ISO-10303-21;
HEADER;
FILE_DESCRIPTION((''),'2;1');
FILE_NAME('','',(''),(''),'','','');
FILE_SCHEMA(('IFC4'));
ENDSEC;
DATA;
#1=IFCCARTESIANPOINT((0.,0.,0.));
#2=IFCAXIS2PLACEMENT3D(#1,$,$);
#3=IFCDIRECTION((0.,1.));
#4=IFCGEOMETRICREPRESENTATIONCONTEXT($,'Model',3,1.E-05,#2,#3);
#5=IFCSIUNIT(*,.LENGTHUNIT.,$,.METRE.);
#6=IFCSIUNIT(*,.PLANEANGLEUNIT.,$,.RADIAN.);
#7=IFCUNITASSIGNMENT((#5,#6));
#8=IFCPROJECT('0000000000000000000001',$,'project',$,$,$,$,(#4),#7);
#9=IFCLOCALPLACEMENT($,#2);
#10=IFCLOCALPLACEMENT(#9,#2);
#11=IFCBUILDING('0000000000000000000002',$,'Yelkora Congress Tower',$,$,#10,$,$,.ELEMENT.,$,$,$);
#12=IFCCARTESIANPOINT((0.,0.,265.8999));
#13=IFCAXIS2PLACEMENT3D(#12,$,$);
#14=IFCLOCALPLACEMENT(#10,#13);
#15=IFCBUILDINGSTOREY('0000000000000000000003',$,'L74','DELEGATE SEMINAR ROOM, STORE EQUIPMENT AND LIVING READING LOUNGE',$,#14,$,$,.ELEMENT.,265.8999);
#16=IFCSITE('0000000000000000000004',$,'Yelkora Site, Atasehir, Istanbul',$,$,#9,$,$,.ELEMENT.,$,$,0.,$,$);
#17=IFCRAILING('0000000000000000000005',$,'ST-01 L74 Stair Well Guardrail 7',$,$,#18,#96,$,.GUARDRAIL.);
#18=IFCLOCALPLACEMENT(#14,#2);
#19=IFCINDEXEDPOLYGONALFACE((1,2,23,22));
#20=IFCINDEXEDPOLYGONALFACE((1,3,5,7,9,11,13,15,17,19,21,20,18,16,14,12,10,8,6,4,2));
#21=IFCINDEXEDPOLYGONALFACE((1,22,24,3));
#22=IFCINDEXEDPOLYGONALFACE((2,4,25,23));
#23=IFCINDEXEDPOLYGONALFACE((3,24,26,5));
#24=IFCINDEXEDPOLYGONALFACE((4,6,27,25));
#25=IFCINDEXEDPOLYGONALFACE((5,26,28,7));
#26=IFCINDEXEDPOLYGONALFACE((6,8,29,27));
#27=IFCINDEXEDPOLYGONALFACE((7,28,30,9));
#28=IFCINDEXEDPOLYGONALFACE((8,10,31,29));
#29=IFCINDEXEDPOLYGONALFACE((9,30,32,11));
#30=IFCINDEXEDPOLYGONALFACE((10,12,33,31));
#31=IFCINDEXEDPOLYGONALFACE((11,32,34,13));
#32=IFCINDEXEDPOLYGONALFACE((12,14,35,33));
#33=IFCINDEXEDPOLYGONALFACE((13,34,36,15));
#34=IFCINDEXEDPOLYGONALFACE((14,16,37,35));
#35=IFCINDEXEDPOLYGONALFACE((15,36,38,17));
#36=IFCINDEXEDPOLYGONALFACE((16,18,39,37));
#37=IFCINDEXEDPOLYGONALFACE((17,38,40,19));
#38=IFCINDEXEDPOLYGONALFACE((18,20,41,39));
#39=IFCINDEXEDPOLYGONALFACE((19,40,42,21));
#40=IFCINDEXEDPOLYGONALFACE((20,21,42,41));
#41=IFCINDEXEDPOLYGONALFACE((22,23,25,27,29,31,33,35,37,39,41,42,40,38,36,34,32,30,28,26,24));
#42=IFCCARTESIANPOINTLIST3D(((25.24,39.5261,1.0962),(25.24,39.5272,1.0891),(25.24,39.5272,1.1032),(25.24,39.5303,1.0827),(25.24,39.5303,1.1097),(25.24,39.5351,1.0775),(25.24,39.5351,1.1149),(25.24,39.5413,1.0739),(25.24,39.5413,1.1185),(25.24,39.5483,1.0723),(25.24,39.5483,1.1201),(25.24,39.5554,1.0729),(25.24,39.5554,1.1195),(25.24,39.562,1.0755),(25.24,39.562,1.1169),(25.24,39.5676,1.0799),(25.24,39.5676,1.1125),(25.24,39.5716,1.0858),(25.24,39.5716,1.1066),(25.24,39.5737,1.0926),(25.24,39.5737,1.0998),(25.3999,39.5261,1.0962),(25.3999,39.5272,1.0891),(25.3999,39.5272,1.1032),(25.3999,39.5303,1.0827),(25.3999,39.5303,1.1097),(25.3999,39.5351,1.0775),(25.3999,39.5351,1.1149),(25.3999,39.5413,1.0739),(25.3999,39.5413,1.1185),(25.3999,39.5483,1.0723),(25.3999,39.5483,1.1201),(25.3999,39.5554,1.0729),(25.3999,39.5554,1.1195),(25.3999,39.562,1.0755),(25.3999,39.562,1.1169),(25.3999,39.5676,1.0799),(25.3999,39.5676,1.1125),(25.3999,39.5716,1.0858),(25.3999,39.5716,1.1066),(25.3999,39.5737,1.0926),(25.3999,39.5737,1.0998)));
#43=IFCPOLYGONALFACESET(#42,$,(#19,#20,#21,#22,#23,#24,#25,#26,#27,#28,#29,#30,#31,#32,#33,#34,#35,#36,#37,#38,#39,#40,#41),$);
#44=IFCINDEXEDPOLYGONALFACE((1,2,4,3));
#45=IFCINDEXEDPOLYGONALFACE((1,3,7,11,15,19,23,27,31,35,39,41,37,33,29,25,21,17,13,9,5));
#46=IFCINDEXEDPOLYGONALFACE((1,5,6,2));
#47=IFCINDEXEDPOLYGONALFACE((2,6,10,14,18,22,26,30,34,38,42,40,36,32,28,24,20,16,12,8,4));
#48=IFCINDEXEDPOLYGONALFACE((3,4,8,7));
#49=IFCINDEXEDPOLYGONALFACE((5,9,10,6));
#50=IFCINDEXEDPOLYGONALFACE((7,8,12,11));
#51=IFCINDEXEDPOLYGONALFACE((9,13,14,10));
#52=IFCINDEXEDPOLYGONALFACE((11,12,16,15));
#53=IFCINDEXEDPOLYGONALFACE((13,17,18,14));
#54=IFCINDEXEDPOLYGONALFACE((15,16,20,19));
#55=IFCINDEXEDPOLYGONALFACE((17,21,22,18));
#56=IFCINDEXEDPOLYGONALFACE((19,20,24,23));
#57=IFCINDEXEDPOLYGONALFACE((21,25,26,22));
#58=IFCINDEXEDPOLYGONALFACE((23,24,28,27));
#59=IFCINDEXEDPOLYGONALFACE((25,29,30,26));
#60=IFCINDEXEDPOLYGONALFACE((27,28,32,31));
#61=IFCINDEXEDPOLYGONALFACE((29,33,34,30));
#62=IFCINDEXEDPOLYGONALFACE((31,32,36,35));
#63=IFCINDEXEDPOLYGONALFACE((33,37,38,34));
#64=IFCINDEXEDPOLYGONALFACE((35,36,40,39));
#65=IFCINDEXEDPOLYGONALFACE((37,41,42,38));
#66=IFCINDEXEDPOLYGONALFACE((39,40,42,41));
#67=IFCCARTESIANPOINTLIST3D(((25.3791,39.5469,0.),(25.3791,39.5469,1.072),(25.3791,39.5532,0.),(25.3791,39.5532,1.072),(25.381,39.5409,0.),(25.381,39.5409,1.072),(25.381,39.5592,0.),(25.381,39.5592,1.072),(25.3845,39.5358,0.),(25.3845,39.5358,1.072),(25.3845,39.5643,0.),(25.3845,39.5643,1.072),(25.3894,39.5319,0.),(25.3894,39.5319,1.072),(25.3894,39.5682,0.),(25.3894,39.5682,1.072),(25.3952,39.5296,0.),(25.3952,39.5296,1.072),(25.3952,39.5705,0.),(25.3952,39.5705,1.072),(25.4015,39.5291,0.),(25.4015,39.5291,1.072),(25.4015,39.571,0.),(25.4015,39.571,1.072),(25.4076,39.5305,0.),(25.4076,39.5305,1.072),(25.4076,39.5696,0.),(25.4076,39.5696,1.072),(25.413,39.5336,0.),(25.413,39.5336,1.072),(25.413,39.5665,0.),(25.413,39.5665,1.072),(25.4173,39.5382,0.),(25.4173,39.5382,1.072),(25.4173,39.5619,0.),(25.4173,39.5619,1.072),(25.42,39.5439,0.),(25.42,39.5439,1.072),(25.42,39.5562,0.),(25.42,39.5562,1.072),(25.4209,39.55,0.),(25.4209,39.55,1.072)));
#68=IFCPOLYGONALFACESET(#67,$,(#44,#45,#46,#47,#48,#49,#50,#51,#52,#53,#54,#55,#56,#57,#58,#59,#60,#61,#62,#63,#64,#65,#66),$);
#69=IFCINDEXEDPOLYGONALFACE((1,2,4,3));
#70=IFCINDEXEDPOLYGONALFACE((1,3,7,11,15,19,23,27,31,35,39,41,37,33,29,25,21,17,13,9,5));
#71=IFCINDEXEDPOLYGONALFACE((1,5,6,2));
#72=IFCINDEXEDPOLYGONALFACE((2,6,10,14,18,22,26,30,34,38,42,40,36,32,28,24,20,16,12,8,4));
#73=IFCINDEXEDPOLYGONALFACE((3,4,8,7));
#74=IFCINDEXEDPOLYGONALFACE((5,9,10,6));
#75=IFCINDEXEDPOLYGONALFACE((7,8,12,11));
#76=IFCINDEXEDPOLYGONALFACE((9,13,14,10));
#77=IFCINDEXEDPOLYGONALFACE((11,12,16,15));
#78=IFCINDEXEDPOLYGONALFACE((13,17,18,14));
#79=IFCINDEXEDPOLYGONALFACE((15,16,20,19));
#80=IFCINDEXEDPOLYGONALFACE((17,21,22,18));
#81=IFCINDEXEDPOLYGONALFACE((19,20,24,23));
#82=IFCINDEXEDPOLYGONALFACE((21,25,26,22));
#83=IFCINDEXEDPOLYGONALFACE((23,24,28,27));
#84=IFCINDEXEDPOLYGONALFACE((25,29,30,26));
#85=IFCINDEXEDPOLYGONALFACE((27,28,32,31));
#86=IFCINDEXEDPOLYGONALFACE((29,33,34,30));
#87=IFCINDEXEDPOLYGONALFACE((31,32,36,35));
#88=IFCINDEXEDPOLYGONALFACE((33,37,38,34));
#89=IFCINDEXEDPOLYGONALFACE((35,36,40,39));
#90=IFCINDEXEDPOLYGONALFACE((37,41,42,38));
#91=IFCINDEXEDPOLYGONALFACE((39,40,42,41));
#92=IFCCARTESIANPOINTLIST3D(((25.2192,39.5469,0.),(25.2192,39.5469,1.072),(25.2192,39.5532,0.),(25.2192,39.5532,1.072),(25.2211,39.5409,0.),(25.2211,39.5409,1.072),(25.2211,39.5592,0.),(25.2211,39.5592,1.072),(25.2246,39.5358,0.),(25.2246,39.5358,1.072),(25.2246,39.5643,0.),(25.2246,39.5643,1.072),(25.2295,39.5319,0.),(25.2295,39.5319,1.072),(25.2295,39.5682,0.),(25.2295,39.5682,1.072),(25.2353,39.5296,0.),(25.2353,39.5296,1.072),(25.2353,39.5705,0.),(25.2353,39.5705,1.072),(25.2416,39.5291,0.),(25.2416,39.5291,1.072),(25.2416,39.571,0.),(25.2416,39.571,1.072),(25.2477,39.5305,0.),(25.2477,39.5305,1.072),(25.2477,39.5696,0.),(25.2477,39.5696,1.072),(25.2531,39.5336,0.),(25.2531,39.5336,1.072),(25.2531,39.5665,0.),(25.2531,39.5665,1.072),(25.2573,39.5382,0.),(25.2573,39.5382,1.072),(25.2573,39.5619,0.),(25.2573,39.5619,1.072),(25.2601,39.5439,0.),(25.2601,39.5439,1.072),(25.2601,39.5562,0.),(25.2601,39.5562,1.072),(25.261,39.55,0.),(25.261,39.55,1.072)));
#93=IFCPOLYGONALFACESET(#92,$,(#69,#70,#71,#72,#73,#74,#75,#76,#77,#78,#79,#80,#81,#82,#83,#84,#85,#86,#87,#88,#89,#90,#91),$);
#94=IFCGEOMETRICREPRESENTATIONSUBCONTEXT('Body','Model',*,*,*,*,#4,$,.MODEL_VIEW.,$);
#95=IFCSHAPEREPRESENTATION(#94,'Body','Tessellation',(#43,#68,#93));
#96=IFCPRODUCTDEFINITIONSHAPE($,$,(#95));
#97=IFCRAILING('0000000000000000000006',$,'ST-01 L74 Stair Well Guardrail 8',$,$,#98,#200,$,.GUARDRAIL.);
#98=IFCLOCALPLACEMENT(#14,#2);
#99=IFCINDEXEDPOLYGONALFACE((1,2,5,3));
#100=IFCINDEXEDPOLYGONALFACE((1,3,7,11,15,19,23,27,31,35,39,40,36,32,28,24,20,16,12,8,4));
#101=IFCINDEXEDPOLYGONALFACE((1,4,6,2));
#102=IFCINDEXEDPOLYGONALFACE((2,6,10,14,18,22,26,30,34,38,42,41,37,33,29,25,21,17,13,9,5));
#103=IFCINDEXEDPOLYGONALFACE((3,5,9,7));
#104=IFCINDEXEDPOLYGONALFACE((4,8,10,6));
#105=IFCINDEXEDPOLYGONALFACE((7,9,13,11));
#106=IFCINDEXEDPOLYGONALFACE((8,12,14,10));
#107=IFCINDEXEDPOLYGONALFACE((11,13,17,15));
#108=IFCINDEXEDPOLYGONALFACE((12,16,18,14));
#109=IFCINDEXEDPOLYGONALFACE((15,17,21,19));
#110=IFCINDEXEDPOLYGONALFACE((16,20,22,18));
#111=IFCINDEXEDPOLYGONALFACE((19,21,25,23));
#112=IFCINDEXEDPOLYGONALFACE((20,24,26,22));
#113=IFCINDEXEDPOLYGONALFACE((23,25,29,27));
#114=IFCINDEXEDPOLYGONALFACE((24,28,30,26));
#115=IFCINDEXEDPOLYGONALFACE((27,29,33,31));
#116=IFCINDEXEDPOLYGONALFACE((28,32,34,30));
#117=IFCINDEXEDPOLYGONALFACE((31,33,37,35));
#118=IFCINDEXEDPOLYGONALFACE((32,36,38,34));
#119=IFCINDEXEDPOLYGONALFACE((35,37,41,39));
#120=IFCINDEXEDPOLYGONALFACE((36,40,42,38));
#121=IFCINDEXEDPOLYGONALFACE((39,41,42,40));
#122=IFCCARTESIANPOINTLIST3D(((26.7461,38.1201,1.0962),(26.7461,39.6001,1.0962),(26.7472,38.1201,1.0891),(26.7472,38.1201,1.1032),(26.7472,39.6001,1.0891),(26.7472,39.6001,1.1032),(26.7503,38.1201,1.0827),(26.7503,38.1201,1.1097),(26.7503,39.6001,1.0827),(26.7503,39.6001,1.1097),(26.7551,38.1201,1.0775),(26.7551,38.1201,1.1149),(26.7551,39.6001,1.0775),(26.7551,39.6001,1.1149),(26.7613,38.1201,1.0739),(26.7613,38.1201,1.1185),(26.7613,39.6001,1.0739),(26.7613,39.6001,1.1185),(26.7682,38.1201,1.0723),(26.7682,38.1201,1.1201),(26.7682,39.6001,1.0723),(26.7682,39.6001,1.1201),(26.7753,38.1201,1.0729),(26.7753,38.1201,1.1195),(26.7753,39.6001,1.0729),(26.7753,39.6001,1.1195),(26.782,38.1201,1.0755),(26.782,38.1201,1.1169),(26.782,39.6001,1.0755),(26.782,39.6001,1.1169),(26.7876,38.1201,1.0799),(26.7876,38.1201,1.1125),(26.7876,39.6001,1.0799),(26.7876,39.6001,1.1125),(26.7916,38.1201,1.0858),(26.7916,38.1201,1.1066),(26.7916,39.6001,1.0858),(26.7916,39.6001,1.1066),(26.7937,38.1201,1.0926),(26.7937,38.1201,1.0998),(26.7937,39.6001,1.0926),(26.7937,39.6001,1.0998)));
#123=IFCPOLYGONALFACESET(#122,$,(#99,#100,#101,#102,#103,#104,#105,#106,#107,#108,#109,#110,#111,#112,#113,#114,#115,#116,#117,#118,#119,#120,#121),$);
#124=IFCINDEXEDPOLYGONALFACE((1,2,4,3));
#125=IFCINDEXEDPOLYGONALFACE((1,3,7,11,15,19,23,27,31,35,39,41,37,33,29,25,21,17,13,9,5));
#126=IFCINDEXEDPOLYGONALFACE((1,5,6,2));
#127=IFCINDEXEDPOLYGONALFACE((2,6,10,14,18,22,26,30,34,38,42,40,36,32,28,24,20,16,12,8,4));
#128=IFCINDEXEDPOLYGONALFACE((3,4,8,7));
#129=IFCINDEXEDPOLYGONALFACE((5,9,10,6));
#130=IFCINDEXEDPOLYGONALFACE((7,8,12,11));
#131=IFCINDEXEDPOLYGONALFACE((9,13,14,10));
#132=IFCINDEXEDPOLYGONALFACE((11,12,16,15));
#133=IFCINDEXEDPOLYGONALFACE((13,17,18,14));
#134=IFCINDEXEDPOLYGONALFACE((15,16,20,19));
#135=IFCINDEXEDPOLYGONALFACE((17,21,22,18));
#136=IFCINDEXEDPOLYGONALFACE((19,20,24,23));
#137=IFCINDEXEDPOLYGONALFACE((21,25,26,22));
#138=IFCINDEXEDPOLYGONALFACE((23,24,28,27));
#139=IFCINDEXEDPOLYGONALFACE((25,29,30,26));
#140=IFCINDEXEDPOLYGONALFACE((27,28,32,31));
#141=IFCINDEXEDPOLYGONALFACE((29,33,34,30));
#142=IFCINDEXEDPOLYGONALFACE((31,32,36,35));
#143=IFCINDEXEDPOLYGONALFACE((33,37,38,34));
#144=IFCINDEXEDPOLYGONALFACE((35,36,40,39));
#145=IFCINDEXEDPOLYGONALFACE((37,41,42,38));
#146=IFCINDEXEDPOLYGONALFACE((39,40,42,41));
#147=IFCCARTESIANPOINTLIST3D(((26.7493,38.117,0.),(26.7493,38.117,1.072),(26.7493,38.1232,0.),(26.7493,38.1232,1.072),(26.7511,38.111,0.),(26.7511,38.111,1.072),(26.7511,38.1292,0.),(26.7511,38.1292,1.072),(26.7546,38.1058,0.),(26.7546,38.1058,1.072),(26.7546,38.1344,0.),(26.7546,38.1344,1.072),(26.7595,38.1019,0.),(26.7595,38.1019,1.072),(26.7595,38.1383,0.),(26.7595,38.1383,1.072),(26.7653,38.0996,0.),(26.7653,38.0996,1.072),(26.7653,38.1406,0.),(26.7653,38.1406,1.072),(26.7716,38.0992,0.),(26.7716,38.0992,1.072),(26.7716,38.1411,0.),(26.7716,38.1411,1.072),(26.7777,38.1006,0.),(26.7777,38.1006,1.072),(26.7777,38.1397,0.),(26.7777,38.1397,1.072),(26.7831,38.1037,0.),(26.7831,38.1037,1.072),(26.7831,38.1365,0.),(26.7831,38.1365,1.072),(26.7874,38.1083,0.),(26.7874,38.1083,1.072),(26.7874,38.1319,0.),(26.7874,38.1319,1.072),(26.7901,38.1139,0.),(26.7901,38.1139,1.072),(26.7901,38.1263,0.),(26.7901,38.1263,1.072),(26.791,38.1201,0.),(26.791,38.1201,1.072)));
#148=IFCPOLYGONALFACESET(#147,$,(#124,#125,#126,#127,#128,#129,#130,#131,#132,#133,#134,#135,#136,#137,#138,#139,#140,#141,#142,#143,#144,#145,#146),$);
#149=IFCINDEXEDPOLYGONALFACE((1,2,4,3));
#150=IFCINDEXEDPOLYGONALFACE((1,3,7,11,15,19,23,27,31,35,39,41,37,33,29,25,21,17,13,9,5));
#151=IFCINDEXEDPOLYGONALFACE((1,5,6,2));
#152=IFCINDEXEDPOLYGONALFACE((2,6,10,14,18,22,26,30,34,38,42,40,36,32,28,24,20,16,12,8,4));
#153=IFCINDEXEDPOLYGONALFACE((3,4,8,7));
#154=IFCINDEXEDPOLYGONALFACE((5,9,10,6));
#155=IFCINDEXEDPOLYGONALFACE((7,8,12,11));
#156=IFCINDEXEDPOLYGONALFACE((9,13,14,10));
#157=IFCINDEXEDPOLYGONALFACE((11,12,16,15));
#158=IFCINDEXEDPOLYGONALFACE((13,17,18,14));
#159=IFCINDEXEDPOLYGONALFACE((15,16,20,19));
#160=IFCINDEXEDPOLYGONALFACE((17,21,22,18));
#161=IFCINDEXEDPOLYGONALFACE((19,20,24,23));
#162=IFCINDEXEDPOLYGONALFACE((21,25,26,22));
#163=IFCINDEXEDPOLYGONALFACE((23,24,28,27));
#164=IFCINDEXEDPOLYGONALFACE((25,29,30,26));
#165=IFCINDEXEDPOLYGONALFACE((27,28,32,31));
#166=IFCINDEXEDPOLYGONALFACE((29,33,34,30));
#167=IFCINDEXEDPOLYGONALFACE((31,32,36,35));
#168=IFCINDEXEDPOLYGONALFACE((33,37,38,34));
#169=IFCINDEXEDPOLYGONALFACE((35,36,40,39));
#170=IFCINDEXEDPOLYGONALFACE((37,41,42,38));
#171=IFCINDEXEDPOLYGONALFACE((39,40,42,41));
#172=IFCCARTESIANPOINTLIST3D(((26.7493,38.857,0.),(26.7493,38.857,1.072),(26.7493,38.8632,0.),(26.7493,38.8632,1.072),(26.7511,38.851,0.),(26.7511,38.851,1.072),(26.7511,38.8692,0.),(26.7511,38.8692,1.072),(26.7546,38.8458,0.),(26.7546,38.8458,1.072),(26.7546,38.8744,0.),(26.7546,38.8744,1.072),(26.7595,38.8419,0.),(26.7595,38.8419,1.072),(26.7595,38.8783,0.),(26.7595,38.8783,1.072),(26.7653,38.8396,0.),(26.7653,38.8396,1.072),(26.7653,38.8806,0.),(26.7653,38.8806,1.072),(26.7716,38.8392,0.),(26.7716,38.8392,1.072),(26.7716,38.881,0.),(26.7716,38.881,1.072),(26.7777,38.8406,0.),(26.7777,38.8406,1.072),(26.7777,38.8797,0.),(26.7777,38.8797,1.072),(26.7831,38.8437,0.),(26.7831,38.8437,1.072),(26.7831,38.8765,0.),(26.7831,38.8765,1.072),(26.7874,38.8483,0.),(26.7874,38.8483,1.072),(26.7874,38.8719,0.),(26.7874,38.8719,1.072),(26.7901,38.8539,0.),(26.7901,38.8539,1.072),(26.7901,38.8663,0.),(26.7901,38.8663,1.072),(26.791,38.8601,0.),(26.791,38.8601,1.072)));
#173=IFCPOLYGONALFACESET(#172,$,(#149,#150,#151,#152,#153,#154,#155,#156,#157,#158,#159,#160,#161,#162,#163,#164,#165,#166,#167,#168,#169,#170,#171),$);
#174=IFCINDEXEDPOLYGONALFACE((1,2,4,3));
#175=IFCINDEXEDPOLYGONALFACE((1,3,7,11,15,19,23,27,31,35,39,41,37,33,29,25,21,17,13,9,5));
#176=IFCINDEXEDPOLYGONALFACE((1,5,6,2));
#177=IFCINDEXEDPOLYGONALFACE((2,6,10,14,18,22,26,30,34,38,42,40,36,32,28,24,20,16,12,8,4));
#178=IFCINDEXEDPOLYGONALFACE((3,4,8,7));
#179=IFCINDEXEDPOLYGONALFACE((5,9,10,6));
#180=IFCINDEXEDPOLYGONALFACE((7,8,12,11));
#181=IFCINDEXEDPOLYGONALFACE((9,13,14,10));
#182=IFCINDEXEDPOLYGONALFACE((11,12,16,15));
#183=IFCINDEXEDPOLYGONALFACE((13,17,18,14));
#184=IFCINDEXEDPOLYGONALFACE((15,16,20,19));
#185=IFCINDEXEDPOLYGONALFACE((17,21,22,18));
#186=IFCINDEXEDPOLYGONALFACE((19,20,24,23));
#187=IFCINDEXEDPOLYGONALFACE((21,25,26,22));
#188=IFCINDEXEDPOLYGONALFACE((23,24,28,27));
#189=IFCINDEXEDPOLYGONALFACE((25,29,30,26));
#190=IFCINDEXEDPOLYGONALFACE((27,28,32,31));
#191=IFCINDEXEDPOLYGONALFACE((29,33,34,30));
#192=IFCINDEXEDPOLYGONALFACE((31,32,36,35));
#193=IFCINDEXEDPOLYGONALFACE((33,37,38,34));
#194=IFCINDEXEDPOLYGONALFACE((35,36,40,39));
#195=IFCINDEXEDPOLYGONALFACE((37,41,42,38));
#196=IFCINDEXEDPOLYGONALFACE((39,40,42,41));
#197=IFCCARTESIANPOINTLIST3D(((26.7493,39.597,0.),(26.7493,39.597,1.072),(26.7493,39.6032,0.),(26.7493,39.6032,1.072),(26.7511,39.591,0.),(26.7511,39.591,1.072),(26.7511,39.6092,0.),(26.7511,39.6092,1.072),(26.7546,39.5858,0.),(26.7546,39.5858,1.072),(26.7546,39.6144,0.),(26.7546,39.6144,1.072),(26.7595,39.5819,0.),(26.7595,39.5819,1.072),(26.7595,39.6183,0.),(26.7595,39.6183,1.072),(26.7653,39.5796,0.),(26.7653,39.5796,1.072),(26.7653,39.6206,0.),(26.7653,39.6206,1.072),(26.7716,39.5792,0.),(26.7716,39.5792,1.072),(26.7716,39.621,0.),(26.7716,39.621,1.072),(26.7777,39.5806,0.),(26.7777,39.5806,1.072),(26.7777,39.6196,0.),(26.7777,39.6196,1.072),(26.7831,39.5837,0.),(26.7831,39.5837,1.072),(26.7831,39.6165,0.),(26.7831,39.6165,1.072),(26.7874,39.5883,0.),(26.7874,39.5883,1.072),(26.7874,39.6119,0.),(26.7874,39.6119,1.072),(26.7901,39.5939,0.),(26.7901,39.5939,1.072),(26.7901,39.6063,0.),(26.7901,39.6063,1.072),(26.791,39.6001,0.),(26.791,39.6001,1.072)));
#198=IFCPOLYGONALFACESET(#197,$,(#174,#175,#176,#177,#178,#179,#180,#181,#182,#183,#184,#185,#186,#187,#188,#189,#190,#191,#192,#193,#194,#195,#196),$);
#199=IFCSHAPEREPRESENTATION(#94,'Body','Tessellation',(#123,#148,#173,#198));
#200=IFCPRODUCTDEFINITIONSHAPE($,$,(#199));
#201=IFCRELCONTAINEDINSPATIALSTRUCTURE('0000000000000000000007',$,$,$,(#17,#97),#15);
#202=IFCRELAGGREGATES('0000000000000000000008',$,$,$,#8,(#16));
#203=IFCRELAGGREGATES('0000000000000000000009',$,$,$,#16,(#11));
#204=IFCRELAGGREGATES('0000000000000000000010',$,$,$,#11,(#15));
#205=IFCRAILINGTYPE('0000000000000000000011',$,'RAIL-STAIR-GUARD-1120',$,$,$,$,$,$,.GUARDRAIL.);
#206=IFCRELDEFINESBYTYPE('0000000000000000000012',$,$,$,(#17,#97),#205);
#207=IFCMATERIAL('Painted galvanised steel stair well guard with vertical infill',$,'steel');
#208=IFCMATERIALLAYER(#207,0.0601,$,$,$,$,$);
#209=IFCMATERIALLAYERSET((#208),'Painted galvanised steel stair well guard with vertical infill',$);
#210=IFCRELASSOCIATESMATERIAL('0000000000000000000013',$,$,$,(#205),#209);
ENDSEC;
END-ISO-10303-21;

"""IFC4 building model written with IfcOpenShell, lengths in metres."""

from ifc_helpers import new_model, si_unit, direction, frame, origin, origin_2d, place, context, subcontext, project, spatial, circle, extrude, material, layer, layer_set, type_object, element, save


model = new_model("IFC4")

# Units and contexts
model_context = context("Model", 3, precision=1e-05, world=origin(), true_north=direction((0.0, 1.0)))
body_context = subcontext(model_context, "Body", "Model", "MODEL_VIEW")
ifc_project = project(units=[si_unit("LENGTHUNIT", "METRE"), si_unit("PLANEANGLEUNIT", "RADIAN")], contexts=[model_context])

# Site, building, storey
site_placement = place(None, origin())
site = spatial("IfcSite", under=ifc_project, at=site_placement, Name="Yelkora Site, Atasehir, Istanbul", CompositionType="ELEMENT", RefElevation=0.0)
building_placement = place(site_placement, origin())
building = spatial("IfcBuilding", under=site, at=building_placement, Name="Yelkora Congress Tower", CompositionType="ELEMENT")
storey_placement = place(building_placement, frame((0.0, 0.0, 265.8999)))
storey = spatial("IfcBuildingStorey", under=building, at=storey_placement, Name="L74", Description="DELEGATE SEMINAR ROOM, STORE EQUIPMENT AND LIVING READING LOUNGE", CompositionType="ELEMENT", Elevation=265.8999)

# Railings
ifc_material_1 = material(Name="Painted galvanised steel stair well guard with vertical infill", Category="steel")
ifc_layer_1 = layer(ifc_material_1, 0.0601)
ifc_layer_set_1 = layer_set([ifc_layer_1], Name="Painted galvanised steel stair well guard with vertical infill")
railing_type_1 = type_object("IfcRailingType", Name="RAIL-STAIR-GUARD-1120", PredefinedType="GUARDRAIL", material=ifc_layer_set_1)
railing_1_placement = place(storey_placement, frame((25.3999, 39.55, 0.0)))
element("IfcRailing", 1, at=railing_1_placement, inside=storey, type_object=railing_type_1, Name="ST-01 L74 Stair Well Guardrail 7", PredefinedType="GUARDRAIL", context=body_context, shape_type="SweptSolid", body=[
    extrude(circle(Radius=0.0239, at=origin_2d()), frame((0.0, 0.0, 1.0962), z_axis=(-1.0, 0.0, 0.0), x_axis=(0.0, -1.0, 0.0)), (0.0, 0.0, 1.0), 0.1599),
    extrude(circle(Radius=0.021, at=origin_2d()), origin(), (0.0, 0.0, 1.0), 1.072),
    extrude(circle(Radius=0.021, at=origin_2d()), frame((-0.1599, 0.0, 0.0)), (0.0, 0.0, 1.0), 1.072),
])
for number, where, name in (
    (2, (26.77, 38.1201, 0.0), "ST-01 L74 Stair Well Guardrail 8"),
):
    element("IfcRailing", number, at=place(storey_placement, frame(where)), inside=storey, type_object=railing_type_1, Name=name, PredefinedType="GUARDRAIL", context=body_context, shape_type="SweptSolid", body=[
        extrude(circle(Radius=0.0239, at=origin_2d()), frame((0.0, 0.0, 1.0962), z_axis=(0.0, 1.0, 0.0), x_axis=(-1.0, 0.0, 0.0)), (0.0, 0.0, 1.0), 1.48),
        extrude(circle(Radius=0.021, at=origin_2d()), origin(), (0.0, 0.0, 1.0), 1.072),
        extrude(circle(Radius=0.021, at=origin_2d()), frame((0.0, 0.74, 0.0)), (0.0, 0.0, 1.0), 1.072),
        extrude(circle(Radius=0.021, at=origin_2d()), frame((0.0, 1.48, 0.0)), (0.0, 0.0, 1.0), 1.072),
    ])

save(model, "model.ifc")
